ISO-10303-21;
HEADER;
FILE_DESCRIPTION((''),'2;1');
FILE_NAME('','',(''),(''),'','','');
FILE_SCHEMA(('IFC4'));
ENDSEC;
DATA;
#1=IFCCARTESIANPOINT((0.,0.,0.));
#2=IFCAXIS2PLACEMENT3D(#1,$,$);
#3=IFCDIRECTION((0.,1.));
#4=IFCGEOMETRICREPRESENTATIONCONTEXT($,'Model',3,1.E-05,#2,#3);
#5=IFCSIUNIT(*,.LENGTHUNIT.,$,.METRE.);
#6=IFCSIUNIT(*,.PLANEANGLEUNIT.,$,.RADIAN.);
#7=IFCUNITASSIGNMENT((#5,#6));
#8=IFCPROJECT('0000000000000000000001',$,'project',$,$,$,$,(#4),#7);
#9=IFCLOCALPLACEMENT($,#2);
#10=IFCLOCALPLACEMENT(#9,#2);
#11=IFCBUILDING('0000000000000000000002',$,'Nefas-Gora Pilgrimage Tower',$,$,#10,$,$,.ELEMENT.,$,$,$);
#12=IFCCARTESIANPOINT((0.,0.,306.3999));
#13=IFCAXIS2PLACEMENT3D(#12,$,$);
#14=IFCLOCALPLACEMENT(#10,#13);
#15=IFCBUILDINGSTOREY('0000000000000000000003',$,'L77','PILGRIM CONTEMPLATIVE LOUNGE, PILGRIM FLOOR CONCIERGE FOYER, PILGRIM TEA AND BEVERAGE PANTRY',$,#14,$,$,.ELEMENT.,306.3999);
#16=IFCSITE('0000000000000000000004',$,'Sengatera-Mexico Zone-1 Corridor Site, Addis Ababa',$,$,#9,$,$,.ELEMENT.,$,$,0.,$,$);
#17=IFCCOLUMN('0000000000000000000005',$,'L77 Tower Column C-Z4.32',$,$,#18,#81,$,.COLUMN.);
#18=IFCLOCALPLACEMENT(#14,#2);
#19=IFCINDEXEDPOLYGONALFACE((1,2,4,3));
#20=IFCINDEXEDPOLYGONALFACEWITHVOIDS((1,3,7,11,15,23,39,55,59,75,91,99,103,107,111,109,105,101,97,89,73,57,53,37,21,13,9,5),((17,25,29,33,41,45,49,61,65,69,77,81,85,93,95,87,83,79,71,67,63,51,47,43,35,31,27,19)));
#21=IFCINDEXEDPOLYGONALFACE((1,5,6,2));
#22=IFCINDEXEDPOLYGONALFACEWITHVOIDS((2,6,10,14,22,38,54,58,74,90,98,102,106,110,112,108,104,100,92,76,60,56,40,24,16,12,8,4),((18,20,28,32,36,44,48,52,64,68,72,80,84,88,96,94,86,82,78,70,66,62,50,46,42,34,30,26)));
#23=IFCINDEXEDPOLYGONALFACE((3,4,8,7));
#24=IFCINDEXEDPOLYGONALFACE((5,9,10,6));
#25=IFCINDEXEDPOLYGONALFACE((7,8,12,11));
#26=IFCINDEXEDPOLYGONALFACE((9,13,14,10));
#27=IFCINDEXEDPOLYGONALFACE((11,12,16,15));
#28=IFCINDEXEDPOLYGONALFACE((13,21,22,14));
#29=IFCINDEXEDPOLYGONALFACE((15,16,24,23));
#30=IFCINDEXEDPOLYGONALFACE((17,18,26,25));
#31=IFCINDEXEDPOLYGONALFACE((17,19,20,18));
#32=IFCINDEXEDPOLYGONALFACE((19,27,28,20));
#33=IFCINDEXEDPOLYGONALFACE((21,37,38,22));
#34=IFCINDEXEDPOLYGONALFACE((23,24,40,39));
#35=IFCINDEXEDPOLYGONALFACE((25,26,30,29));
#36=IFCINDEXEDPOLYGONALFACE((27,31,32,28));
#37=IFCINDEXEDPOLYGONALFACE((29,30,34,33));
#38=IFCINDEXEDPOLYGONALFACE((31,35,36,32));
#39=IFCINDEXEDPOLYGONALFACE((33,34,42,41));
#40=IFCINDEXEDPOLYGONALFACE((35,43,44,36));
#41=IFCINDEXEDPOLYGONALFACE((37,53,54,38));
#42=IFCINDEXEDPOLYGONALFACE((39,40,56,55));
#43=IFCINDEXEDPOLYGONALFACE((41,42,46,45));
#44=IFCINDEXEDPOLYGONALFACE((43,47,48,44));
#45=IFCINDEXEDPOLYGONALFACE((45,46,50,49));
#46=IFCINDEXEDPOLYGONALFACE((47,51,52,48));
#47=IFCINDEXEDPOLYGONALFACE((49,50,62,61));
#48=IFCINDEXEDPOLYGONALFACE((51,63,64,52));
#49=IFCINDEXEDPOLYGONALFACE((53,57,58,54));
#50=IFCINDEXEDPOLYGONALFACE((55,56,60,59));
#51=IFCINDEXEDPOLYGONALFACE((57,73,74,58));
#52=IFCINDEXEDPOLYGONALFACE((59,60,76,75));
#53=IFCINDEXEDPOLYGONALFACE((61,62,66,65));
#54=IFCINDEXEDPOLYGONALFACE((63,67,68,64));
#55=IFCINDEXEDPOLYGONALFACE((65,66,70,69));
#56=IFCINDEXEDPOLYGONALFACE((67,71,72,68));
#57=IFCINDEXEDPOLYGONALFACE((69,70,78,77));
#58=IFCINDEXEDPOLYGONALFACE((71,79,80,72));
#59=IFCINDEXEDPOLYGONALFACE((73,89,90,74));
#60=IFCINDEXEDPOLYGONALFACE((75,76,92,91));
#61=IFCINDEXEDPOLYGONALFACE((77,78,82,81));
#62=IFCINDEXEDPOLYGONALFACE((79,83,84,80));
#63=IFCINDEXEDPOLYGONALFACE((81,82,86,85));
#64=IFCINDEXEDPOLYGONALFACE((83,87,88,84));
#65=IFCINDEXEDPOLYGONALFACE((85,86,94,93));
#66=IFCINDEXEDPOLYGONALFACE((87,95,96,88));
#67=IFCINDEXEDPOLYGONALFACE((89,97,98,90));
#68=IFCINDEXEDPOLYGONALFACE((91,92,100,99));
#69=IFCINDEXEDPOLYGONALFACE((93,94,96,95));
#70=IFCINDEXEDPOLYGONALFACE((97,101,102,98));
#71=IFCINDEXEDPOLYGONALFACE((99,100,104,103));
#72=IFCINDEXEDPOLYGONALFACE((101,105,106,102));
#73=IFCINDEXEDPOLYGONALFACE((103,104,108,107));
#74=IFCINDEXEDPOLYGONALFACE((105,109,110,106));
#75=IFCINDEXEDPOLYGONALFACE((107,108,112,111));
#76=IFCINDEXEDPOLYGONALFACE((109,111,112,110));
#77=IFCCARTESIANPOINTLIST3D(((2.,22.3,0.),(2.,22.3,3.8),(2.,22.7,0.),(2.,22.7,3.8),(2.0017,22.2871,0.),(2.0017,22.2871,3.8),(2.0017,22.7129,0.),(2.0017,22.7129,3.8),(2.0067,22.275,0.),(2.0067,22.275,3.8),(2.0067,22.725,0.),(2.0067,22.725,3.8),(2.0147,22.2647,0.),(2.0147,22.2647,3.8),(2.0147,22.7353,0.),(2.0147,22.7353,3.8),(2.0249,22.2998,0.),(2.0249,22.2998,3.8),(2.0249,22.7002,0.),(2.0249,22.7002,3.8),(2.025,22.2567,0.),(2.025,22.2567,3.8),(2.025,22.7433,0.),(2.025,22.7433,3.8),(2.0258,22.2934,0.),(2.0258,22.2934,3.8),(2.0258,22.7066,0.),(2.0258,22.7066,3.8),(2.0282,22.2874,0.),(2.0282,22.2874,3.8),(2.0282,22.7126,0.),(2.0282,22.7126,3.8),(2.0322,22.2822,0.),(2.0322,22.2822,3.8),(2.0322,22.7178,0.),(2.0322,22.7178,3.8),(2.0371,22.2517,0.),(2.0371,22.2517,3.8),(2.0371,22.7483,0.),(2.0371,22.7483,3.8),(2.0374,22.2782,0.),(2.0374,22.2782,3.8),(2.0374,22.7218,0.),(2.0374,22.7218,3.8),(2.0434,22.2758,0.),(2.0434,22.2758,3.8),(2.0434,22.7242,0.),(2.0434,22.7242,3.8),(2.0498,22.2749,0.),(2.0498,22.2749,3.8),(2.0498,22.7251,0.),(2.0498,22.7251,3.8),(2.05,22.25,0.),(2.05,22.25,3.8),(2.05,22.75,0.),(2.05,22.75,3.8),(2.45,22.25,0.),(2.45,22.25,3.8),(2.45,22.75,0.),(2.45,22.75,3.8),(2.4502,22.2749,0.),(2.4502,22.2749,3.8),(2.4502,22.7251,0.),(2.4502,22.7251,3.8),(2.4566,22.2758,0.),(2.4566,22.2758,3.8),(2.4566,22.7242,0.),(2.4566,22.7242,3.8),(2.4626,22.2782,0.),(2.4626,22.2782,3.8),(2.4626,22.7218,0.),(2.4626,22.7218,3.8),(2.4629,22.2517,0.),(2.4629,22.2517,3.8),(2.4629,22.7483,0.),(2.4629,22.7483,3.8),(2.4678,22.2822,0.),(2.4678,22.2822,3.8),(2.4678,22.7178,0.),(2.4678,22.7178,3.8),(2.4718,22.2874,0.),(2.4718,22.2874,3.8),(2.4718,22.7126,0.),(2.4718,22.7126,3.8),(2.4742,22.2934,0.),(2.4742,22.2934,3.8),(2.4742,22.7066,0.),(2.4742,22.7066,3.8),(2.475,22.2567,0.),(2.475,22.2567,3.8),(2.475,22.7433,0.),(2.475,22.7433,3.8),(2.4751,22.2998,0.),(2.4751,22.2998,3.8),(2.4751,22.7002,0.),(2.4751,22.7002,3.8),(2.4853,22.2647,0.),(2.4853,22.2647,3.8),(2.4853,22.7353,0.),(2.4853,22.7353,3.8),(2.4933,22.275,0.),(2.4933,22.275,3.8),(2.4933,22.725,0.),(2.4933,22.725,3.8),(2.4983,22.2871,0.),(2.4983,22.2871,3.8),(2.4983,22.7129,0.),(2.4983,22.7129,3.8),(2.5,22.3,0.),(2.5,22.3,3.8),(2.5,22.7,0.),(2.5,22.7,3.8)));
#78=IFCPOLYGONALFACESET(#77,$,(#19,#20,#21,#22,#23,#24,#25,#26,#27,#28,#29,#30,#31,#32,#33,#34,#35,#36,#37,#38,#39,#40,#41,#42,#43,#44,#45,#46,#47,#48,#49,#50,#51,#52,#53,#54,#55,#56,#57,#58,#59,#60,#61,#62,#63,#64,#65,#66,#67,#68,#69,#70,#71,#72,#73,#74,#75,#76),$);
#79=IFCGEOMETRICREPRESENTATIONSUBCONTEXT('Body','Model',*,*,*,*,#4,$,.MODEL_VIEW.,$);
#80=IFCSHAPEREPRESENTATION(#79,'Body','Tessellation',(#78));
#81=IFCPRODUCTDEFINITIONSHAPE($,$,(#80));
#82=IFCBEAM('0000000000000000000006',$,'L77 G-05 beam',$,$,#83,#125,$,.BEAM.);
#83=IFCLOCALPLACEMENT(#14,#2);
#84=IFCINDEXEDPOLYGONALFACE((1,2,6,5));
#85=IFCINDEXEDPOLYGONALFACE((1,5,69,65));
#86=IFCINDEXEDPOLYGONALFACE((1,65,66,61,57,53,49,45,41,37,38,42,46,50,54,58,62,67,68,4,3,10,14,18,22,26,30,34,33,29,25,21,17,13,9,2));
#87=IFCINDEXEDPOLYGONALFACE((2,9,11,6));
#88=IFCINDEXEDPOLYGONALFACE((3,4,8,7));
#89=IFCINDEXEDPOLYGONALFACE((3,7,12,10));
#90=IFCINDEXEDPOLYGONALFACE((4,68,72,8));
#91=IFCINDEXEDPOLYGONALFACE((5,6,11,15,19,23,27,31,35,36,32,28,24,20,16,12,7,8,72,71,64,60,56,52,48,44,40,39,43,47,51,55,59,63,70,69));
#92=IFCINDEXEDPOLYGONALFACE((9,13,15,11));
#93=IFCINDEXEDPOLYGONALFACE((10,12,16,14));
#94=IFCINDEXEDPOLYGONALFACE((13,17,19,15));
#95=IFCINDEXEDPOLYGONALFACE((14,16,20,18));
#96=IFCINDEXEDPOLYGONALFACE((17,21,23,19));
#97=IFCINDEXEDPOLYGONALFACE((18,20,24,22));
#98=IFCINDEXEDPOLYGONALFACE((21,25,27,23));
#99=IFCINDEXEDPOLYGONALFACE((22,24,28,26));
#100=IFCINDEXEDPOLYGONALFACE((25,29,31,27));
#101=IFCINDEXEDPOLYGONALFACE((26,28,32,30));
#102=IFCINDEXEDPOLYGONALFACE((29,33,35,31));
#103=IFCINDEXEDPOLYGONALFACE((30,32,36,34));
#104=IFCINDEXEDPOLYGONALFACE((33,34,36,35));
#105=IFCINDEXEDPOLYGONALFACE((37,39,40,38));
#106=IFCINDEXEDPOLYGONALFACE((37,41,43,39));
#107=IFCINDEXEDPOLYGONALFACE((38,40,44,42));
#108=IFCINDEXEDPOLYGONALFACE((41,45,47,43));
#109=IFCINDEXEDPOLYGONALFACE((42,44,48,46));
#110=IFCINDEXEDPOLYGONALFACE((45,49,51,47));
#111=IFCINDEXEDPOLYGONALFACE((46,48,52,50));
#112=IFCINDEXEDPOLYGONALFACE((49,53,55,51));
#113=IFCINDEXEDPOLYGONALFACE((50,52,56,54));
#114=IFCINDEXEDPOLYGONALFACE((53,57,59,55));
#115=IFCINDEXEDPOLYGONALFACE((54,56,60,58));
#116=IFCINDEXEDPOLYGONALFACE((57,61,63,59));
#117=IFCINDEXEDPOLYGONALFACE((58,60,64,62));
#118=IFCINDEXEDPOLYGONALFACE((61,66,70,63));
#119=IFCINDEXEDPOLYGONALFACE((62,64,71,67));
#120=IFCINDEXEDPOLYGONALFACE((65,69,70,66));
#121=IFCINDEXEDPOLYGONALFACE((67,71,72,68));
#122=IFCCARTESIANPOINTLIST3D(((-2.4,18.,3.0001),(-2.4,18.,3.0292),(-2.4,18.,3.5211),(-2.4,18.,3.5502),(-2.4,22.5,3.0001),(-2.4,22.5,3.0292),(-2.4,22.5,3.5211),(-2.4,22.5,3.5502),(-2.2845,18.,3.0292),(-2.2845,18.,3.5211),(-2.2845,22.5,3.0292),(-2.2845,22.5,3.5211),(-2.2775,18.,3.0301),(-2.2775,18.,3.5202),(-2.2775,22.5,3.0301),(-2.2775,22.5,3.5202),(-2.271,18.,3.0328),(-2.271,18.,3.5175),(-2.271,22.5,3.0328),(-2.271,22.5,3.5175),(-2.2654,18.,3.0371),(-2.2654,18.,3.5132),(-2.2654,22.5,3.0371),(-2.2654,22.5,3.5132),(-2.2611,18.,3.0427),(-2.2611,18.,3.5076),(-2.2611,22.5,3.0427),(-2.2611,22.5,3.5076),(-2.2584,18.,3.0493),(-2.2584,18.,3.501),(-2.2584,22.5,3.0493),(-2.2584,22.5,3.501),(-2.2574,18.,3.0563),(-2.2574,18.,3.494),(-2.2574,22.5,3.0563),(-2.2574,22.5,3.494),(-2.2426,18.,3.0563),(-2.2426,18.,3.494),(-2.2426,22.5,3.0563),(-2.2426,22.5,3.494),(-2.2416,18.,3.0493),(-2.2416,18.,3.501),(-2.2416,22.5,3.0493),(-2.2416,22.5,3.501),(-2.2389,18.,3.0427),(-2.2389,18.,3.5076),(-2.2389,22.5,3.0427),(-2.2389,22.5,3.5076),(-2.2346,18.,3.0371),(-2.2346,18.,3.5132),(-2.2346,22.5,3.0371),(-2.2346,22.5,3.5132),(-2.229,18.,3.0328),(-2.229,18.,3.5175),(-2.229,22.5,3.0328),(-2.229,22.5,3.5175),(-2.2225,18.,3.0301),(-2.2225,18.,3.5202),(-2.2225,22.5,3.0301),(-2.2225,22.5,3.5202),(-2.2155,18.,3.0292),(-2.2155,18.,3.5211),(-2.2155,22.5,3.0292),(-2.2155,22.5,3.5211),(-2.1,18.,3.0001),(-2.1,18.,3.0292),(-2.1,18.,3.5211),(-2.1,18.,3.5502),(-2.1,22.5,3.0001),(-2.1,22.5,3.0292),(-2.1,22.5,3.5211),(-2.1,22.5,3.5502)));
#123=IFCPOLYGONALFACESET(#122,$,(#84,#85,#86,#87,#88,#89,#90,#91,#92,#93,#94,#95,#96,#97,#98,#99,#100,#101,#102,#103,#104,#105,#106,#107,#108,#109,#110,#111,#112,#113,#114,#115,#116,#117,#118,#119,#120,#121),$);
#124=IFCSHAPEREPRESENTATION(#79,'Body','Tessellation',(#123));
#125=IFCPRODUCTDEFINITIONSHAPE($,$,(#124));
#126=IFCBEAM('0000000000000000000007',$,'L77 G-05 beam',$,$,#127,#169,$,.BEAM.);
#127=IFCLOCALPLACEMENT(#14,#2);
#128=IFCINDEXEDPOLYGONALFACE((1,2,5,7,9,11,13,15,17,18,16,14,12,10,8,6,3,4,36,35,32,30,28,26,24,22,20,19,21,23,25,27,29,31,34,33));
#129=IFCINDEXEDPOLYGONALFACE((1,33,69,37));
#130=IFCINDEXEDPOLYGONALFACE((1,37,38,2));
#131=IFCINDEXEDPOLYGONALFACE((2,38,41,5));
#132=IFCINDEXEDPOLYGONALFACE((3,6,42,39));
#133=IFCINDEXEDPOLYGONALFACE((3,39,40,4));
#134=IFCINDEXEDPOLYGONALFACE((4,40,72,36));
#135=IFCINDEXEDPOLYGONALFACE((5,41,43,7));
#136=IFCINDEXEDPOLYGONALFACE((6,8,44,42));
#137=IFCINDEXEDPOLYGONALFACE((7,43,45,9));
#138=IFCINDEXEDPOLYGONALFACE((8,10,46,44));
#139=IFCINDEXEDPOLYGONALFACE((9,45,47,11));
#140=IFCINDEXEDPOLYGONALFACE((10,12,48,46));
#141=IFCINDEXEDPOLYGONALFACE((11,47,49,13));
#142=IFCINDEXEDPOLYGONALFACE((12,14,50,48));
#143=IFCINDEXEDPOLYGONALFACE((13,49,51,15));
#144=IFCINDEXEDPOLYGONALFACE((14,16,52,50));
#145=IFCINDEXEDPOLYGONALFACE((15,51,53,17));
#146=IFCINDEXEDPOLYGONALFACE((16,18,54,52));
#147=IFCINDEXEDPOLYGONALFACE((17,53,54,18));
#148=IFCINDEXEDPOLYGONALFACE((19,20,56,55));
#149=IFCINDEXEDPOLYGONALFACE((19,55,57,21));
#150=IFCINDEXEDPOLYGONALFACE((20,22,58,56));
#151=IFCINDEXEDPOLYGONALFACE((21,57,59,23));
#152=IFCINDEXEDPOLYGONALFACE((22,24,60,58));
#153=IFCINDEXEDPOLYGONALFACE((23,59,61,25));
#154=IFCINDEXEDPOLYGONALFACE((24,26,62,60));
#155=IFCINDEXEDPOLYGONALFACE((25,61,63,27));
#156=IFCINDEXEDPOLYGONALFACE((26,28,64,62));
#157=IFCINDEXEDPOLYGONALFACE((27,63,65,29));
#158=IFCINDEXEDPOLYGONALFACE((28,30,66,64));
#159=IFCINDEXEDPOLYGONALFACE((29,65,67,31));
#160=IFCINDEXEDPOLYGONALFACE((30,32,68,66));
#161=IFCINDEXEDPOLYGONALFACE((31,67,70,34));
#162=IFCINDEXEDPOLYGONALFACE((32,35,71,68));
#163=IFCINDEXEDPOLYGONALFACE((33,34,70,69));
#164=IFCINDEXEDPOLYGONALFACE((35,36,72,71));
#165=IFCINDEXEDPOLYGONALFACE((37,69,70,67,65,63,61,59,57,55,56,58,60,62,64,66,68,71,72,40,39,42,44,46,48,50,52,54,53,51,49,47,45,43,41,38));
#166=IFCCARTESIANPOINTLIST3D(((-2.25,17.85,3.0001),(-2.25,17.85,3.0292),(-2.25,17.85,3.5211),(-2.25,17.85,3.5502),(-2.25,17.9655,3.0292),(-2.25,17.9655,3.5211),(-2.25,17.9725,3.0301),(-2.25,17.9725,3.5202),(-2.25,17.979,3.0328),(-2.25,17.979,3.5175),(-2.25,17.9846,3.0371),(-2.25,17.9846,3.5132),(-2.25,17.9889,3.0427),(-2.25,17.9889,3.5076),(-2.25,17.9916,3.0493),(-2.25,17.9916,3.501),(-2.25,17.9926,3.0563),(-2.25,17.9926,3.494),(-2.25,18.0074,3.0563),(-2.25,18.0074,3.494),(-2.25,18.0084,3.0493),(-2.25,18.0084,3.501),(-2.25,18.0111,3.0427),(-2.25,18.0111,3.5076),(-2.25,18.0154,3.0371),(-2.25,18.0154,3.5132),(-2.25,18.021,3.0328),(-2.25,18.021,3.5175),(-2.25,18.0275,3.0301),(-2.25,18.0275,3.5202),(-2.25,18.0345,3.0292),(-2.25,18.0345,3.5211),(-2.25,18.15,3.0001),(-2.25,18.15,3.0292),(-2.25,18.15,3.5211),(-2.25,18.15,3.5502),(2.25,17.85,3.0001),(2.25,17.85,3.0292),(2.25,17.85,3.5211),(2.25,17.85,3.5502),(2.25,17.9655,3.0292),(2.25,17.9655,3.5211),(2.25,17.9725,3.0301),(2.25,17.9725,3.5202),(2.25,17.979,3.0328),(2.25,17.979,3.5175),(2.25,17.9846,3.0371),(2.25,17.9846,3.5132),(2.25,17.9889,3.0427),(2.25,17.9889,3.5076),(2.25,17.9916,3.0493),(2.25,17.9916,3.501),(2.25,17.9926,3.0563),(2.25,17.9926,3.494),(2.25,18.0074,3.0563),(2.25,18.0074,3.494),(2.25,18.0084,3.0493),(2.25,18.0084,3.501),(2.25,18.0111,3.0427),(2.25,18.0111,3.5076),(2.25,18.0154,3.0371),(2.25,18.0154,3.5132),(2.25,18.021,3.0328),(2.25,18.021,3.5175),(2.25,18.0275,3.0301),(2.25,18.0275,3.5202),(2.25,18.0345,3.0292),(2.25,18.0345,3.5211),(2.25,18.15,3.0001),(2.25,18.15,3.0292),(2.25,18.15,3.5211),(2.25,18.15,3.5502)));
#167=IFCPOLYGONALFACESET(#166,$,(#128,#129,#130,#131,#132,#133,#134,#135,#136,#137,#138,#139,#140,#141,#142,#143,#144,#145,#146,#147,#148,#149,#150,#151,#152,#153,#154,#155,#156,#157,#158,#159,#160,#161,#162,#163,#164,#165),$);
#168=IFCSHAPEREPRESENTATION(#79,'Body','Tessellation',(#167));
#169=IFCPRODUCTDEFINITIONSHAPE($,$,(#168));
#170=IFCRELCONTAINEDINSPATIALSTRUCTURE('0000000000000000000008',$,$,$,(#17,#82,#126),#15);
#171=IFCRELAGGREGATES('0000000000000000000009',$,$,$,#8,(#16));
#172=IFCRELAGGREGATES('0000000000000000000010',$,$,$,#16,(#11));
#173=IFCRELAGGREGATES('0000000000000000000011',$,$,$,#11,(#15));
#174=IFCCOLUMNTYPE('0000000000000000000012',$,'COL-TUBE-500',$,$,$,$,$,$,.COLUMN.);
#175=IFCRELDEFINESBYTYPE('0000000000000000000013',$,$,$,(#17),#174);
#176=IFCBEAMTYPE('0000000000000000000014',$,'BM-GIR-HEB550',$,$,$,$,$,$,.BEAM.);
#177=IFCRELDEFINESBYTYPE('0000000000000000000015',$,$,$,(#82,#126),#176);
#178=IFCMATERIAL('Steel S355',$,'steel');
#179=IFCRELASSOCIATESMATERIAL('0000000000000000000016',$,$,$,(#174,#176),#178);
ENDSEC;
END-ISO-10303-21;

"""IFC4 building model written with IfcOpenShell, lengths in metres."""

from ifc_helpers import new_model, si_unit, direction, frame, origin, origin_2d, place, context, subcontext, project, spatial, hollow_rectangle, i_section, extrude, source, transform, mapped, material, material_profile, profile_set, type_object, element, save


model = new_model("IFC4")

# Units and contexts
model_context = context("Model", 3, precision=1e-05, world=origin(), true_north=direction((0.0, 1.0)))
body_context = subcontext(model_context, "Body", "Model", "MODEL_VIEW")
ifc_project = project(units=[si_unit("LENGTHUNIT", "METRE"), si_unit("PLANEANGLEUNIT", "RADIAN")], contexts=[model_context])

# Site, building, storey
site_placement = place(None, origin())
site = spatial("IfcSite", under=ifc_project, at=site_placement, Name="Sengatera-Mexico Zone-1 Corridor Site, Addis Ababa", CompositionType="ELEMENT", RefElevation=0.0)
building_placement = place(site_placement, origin())
building = spatial("IfcBuilding", under=site, at=building_placement, Name="Nefas-Gora Pilgrimage Tower", CompositionType="ELEMENT")
storey_placement = place(building_placement, frame((0.0, 0.0, 306.3999)))
storey = spatial("IfcBuildingStorey", under=building, at=storey_placement, Name="L77", Description="PILGRIM CONTEMPLATIVE LOUNGE, PILGRIM FLOOR CONCIERGE FOYER, PILGRIM TEA AND BEVERAGE PANTRY", CompositionType="ELEMENT", Elevation=306.3999)

# Column
ifc_material_1 = material(Name="Steel S355", Category="steel")
ifc_material_profile_1 = material_profile(ifc_material_1, hollow_rectangle(XDim=0.5, YDim=0.5, WallThickness=0.0249, InnerFilletRadius=0.0249, OuterFilletRadius=0.05, at=origin_2d()), Name="SHS 500x500x25")
ifc_profile_set_1 = profile_set([ifc_material_profile_1], Name="Steel S355")
column_type_1 = type_object("IfcColumnType", Name="COL-TUBE-500", PredefinedType="COLUMN", material=ifc_profile_set_1)
shared_shape_1 = source(origin(), body_context, "Body", "SweptSolid", [
    extrude(hollow_rectangle(XDim=0.5, YDim=0.5, WallThickness=0.0249, InnerFilletRadius=0.0249, OuterFilletRadius=0.05, at=origin_2d()), origin(), (0.0, 0.0, 1.0), 3.8),
])
column_placement = place(storey_placement, frame((2.25, 22.5, 0.0), z_axis=(0.0, 0.0, 1.0), x_axis=(1.0, 0.0, 0.0)))
element("IfcColumn", 1, at=column_placement, inside=storey, type_object=column_type_1, Name="L77 Tower Column C-Z4.32", PredefinedType="COLUMN", context=body_context, shape_type="MappedRepresentation", body=[
    mapped(shared_shape_1, transform((0.0, 0.0, 0.0), x_axis=(1.0, 0.0, 0.0), y_axis=(0.0, 1.0, 0.0), z_axis=(0.0, 0.0, 1.0), scale=1.0)),
])

# Beams
ifc_material_profile_2 = material_profile(ifc_material_1, i_section(OverallWidth=0.3, OverallDepth=0.55, WebThickness=0.0149, FlangeThickness=0.0291, FilletRadius=0.0271, at=origin_2d()), Name="HEB 550")
ifc_profile_set_2 = profile_set([ifc_material_profile_2], Name="Steel S355")
beam_type = type_object("IfcBeamType", Name="BM-GIR-HEB550", PredefinedType="BEAM", material=ifc_profile_set_2)
shared_shape_2 = source(origin(), body_context, "Body", "SweptSolid", [
    extrude(i_section(OverallWidth=0.3, OverallDepth=0.55, WebThickness=0.0149, FlangeThickness=0.0291, FilletRadius=0.0271, at=origin_2d()), origin(), (0.0, 0.0, 1.0), 4.5),
])
for number, where, z_axis, x_axis, name in (
    (2, (-2.25, 18.0, 3.2751), (0.0, 1.0, 0.0), (-1.0, 0.0, 0.0), "L77 G-05 beam"),
    (3, (-2.25, 18.0, 3.2751), (1.0, 0.0, 0.0), (0.0, 1.0, 0.0), "L77 G-05 beam"),
):
    element("IfcBeam", number, at=place(storey_placement, frame(where, z_axis=z_axis, x_axis=x_axis)), inside=storey, type_object=beam_type, Name=name, PredefinedType="BEAM", context=body_context, shape_type="MappedRepresentation", body=[
        mapped(shared_shape_2, transform((0.0, 0.0, 0.0), x_axis=(1.0, 0.0, 0.0), y_axis=(0.0, 1.0, 0.0), z_axis=(0.0, 0.0, 1.0), scale=1.0)),
    ])

save(model, "model.ifc")
